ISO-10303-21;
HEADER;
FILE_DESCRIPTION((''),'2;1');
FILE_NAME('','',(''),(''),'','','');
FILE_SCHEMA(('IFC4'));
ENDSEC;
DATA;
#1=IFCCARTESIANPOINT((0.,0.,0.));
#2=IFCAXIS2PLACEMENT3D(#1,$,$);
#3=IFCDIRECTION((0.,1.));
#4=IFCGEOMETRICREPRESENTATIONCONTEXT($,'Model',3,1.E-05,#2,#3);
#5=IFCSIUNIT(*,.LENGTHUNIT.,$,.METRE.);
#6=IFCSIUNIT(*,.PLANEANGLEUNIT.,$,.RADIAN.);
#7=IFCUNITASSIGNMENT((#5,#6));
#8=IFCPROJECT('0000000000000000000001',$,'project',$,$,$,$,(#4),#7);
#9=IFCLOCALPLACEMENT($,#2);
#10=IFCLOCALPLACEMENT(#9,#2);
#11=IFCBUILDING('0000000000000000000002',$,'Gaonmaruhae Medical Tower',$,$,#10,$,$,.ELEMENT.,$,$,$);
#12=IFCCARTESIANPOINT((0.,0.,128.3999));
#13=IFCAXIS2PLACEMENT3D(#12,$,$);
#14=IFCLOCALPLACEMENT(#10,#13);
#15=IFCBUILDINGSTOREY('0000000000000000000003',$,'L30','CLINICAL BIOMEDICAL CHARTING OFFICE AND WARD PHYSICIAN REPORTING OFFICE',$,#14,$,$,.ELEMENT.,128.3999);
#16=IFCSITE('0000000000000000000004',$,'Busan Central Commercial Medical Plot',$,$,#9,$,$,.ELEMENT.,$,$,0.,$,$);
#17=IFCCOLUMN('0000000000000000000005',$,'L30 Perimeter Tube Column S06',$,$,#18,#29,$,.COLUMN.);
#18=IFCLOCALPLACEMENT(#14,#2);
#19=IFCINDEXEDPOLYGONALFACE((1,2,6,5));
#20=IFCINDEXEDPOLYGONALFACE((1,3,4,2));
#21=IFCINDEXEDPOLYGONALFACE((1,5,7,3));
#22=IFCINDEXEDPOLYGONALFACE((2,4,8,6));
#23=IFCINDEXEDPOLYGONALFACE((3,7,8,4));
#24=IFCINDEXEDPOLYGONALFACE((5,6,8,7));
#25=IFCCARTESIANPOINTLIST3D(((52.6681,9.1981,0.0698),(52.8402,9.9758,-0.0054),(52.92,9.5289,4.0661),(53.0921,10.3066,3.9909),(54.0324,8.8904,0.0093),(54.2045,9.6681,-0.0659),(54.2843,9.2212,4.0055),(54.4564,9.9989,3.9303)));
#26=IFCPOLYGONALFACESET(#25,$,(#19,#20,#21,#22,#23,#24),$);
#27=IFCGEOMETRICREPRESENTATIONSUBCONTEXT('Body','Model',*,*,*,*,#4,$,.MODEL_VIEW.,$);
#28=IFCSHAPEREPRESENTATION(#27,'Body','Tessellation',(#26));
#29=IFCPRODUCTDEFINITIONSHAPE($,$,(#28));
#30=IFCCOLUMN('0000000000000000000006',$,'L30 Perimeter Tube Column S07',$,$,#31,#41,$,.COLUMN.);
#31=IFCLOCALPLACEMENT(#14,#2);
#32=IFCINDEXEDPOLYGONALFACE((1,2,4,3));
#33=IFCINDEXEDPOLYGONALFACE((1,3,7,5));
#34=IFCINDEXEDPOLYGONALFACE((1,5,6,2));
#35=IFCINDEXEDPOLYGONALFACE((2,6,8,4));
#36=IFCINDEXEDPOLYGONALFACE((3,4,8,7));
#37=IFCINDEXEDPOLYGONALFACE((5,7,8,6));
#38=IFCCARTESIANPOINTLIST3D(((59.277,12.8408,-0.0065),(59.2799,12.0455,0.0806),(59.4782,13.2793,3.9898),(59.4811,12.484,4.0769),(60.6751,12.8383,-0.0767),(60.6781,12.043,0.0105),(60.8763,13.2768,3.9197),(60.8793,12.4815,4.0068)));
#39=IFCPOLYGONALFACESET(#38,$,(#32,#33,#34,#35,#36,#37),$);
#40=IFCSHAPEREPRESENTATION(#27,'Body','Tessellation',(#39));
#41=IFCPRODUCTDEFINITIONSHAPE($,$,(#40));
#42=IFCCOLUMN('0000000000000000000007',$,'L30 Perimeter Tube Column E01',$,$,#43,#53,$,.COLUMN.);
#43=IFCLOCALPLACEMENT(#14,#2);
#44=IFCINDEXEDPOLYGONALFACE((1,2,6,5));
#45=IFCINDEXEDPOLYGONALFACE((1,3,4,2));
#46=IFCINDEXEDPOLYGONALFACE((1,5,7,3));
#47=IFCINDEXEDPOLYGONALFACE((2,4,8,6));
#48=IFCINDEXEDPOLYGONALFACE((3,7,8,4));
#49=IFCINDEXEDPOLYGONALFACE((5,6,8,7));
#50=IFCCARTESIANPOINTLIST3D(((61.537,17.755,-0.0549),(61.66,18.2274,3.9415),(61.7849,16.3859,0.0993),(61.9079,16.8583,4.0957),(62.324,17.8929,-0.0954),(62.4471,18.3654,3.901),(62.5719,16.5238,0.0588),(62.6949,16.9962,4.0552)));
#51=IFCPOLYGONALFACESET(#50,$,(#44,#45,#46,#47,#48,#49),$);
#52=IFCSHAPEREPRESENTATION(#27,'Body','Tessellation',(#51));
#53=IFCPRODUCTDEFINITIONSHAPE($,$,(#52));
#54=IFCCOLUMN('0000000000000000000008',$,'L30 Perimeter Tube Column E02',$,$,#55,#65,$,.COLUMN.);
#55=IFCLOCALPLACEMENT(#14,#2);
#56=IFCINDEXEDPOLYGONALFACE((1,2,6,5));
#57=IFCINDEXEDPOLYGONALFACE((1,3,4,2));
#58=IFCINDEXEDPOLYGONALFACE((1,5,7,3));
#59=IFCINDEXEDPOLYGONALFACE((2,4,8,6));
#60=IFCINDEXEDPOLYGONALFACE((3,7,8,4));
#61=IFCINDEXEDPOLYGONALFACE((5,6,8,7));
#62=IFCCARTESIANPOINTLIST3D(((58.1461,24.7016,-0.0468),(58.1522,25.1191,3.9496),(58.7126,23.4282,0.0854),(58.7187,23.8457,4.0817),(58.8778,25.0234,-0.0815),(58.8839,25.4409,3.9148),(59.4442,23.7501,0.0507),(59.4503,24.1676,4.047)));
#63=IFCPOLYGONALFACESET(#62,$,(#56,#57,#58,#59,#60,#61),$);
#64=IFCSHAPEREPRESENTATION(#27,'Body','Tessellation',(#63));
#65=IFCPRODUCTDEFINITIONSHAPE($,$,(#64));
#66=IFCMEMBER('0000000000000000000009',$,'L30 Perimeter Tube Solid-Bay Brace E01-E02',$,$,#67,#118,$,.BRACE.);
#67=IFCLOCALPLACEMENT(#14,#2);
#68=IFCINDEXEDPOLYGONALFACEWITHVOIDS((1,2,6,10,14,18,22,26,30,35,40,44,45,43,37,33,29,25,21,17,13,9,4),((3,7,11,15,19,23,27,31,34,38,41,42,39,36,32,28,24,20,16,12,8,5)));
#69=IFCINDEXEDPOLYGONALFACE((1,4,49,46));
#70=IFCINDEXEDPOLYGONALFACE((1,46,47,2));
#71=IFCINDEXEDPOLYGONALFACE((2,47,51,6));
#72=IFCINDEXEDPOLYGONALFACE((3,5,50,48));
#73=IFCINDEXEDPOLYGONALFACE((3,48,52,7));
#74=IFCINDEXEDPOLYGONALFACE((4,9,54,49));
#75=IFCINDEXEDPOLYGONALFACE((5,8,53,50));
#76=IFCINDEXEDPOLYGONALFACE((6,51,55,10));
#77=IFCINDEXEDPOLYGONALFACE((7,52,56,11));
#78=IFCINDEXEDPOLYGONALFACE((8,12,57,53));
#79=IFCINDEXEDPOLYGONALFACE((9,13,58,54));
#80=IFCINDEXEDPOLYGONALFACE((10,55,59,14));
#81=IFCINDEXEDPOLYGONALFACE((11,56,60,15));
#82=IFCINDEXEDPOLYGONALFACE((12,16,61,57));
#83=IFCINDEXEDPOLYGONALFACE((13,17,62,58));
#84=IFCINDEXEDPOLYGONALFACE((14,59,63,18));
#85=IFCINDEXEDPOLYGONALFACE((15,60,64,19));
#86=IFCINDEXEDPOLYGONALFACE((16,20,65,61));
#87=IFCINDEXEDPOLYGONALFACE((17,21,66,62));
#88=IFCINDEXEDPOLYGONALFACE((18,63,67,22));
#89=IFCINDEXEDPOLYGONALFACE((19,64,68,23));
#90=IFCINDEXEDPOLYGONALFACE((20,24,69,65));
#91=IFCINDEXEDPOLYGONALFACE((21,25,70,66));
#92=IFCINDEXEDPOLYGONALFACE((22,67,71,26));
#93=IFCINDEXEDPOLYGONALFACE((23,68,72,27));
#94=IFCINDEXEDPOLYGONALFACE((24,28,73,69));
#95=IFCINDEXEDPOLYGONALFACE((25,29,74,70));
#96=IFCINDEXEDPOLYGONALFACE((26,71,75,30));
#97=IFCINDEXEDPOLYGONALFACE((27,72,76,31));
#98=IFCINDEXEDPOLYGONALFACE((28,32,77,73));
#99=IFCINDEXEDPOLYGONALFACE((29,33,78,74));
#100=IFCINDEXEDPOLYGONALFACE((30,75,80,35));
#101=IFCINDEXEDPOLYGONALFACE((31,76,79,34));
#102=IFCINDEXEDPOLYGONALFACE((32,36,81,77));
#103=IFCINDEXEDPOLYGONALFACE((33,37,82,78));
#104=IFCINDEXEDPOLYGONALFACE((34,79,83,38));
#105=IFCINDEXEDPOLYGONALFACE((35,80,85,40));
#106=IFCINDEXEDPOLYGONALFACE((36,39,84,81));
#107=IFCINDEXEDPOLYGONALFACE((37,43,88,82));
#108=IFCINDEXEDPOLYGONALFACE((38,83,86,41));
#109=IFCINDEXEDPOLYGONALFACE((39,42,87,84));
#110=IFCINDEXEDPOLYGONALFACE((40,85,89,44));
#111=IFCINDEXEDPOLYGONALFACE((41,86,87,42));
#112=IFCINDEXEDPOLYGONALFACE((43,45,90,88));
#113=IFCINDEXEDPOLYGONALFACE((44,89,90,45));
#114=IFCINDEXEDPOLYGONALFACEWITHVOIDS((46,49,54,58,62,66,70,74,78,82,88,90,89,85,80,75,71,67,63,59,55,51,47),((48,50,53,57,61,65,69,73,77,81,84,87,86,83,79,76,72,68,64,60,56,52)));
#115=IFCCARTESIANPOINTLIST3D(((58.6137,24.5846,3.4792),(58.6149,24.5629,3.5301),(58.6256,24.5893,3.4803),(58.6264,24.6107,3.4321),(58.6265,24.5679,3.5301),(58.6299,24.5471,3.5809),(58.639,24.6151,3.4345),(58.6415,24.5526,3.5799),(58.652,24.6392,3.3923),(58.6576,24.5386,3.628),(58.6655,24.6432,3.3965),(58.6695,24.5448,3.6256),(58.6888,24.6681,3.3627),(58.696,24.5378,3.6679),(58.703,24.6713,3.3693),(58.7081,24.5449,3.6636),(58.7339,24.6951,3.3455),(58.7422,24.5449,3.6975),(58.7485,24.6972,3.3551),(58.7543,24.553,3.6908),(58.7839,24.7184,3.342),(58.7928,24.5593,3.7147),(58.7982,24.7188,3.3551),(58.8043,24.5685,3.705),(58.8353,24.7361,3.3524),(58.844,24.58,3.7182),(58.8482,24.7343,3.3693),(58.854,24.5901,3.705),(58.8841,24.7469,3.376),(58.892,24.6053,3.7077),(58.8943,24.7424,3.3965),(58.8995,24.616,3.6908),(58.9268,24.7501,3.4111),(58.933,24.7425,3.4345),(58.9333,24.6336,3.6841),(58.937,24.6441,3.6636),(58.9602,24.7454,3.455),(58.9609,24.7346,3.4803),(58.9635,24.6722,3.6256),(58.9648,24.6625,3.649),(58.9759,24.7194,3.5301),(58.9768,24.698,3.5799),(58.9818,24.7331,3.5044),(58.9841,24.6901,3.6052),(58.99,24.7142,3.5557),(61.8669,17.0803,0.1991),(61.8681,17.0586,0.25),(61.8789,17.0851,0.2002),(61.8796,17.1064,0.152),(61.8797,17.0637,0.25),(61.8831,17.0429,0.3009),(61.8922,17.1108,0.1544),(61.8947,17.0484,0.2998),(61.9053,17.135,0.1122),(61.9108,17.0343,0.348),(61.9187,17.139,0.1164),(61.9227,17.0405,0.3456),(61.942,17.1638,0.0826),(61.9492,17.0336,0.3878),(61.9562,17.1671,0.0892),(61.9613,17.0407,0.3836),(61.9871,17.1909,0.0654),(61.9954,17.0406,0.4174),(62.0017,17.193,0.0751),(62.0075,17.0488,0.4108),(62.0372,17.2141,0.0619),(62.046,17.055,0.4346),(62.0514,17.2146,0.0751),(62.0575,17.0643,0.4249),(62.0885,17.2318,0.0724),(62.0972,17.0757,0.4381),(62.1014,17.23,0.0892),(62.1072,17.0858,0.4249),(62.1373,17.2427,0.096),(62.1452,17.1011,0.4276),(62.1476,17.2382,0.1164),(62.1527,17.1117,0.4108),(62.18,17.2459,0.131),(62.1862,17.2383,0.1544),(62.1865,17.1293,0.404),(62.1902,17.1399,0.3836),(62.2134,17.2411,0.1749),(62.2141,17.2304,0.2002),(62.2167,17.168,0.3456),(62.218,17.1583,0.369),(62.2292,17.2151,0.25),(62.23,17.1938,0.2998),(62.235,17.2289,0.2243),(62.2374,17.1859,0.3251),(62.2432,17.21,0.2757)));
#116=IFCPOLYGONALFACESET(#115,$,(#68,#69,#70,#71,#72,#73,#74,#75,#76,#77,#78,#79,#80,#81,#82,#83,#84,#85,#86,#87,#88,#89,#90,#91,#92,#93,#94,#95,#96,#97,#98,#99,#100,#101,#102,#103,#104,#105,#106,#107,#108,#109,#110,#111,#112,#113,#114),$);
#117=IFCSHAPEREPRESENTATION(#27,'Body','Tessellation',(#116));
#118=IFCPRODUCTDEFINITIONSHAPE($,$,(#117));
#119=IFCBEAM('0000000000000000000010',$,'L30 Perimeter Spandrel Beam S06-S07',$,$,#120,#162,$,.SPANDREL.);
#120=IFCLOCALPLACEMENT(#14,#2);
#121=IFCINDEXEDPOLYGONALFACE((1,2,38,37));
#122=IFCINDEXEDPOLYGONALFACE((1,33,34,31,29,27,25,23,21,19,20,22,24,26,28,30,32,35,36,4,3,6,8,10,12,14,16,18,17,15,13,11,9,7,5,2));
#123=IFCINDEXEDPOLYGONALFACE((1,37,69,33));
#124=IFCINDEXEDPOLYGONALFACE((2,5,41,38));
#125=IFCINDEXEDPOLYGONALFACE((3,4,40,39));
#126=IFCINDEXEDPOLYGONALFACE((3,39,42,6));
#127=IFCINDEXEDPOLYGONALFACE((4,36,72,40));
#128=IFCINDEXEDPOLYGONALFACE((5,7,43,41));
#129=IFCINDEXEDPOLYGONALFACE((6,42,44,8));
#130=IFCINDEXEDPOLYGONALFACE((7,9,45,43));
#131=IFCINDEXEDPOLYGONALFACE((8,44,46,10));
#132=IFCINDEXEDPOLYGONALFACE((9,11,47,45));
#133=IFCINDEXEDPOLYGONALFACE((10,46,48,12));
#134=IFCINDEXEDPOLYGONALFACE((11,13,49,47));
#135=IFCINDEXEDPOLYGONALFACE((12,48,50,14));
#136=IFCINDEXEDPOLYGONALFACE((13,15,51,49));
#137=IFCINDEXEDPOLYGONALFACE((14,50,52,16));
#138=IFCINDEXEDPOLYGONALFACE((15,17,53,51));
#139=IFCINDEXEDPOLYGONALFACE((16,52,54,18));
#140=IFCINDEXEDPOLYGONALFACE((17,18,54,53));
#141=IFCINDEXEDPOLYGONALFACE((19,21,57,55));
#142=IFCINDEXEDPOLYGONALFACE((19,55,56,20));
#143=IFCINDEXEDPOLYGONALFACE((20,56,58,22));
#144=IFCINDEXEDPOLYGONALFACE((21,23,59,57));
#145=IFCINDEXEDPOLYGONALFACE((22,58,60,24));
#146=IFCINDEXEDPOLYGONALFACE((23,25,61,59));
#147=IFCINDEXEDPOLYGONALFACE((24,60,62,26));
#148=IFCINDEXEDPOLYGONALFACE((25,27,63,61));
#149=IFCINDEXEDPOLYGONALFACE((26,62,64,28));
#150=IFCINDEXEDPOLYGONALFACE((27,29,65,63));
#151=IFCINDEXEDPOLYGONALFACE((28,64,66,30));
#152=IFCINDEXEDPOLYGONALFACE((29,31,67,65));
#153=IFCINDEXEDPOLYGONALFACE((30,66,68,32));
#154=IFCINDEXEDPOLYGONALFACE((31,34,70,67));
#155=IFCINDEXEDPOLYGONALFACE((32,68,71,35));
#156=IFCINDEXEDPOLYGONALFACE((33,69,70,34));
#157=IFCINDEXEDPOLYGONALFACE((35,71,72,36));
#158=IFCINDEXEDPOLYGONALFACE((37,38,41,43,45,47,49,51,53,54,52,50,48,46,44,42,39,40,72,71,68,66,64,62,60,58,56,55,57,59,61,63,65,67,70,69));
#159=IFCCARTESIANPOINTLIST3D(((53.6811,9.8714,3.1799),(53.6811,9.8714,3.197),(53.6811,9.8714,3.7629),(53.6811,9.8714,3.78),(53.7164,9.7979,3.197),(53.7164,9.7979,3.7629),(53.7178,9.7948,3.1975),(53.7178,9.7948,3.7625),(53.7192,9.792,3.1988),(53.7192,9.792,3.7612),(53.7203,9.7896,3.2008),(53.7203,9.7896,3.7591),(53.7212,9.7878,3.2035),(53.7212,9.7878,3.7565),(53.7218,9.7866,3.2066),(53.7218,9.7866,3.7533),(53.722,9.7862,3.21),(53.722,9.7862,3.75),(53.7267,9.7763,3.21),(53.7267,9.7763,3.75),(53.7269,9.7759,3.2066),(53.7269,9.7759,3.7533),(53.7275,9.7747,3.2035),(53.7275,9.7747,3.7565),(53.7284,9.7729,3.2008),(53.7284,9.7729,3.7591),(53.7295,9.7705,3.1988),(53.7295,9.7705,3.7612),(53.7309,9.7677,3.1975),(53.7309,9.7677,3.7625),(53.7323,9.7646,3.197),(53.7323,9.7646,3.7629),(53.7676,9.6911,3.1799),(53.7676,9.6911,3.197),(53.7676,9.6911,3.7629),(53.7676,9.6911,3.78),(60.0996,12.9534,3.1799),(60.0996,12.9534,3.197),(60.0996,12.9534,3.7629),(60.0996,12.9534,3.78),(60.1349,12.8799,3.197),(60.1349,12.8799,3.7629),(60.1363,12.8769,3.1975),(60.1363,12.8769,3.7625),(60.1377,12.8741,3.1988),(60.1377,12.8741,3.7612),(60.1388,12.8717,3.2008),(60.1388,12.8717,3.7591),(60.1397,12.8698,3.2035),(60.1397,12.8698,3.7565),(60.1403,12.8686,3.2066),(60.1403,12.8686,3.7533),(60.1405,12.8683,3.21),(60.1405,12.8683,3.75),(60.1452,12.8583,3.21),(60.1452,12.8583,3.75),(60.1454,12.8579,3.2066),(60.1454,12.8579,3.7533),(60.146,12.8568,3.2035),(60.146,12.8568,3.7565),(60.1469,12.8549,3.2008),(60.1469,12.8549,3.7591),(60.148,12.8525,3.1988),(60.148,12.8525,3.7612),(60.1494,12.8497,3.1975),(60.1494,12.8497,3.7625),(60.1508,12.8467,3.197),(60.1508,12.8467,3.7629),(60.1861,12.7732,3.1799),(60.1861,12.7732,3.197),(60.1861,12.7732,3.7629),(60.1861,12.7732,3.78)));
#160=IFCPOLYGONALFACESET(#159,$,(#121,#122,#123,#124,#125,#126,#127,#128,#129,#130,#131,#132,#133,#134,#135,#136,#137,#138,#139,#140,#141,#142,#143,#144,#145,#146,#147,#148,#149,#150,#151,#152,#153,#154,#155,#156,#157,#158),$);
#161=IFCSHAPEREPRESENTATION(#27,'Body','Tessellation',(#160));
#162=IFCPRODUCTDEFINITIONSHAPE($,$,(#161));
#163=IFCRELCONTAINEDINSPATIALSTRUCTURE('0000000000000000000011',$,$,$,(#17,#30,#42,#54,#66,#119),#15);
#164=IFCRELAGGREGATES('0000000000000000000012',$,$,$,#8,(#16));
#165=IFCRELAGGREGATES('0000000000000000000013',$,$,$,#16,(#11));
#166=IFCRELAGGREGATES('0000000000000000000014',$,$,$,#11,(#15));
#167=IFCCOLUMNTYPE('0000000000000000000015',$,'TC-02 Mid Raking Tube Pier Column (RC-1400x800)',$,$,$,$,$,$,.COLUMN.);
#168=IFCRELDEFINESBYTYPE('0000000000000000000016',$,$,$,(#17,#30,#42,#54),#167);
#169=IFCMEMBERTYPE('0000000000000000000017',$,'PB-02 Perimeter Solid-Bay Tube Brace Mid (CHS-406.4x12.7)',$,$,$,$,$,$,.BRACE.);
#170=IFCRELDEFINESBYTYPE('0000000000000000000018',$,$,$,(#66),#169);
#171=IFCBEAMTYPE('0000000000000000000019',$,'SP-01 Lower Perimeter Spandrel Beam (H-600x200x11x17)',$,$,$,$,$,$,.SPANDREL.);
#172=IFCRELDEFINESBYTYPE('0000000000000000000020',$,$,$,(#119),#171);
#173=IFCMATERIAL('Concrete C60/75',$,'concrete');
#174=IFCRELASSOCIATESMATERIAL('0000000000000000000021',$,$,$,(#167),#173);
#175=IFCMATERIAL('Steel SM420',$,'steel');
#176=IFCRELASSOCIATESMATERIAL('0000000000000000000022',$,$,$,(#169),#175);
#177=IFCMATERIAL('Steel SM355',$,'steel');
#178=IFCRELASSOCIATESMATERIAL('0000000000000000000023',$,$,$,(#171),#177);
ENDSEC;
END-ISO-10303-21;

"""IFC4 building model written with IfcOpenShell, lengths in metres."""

from ifc_helpers import new_model, si_unit, direction, frame, origin, origin_2d, place, context, subcontext, project, spatial, rectangle, hollow_circle, i_section, extrude, material, material_profile, profile_set, type_object, element, save


model = new_model("IFC4")

# Units and contexts
model_context = context("Model", 3, precision=1e-05, world=origin(), true_north=direction((0.0, 1.0)))
body_context = subcontext(model_context, "Body", "Model", "MODEL_VIEW")
ifc_project = project(units=[si_unit("LENGTHUNIT", "METRE"), si_unit("PLANEANGLEUNIT", "RADIAN")], contexts=[model_context])

# Site, building, storey
site_placement = place(None, origin())
site = spatial("IfcSite", under=ifc_project, at=site_placement, Name="Busan Central Commercial Medical Plot", CompositionType="ELEMENT", RefElevation=0.0)
building_placement = place(site_placement, origin())
building = spatial("IfcBuilding", under=site, at=building_placement, Name="Gaonmaruhae Medical Tower", CompositionType="ELEMENT")
storey_placement = place(building_placement, frame((0.0, 0.0, 128.3999)))
storey = spatial("IfcBuildingStorey", under=building, at=storey_placement, Name="L30", Description="CLINICAL BIOMEDICAL CHARTING OFFICE AND WARD PHYSICIAN REPORTING OFFICE", CompositionType="ELEMENT", Elevation=128.3999)

# Columns
ifc_material_1 = material(Name="Concrete C60/75", Category="concrete")
ifc_material_profile_1 = material_profile(ifc_material_1, rectangle(XDim=1.3999, YDim=0.8, at=origin_2d()), Name="RC-1400x800")
ifc_profile_set_1 = profile_set([ifc_material_profile_1], Name="Concrete C60/75")
column_type = type_object("IfcColumnType", Name="TC-02 Mid Raking Tube Pier Column (RC-1400x800)", PredefinedType="COLUMN", material=ifc_profile_set_1)
column_1_placement = place(storey_placement, frame((53.4363, 9.4331, 0.002), z_axis=(0.062707, 0.082334, 0.99463), x_axis=(-0.974581, 0.219822, 0.043247)))
element("IfcColumn", 1, at=column_1_placement, inside=storey, type_object=column_type, Name="L30 Perimeter Tube Column S06", PredefinedType="COLUMN", context=body_context, shape_type="SweptSolid", body=[
    extrude(rectangle(XDim=1.3999, YDim=0.8, at=origin_2d()), origin(), (0.0, 0.0, 1.0), 4.0178),
])
column_2_placement = place(storey_placement, frame((59.9775, 12.4419, 0.002), z_axis=(0.049976, 0.108929, 0.992792), x_axis=(-0.998744, 0.001787, 0.05008)))
element("IfcColumn", 2, at=column_2_placement, inside=storey, type_object=column_type, Name="L30 Perimeter Tube Column S07", PredefinedType="COLUMN", context=body_context, shape_type="SweptSolid", body=[
    extrude(rectangle(XDim=1.3999, YDim=0.8, at=origin_2d()), origin(), (0.0, 0.0, 1.0), 4.0254),
])
column_3_placement = place(storey_placement, frame((62.0544, 17.1394, 0.002), z_axis=(0.030563, 0.117339, 0.992622), x_axis=(0.177071, -0.978014, 0.11016)))
element("IfcColumn", 3, at=column_3_placement, inside=storey, type_object=column_type, Name="L30 Perimeter Tube Column E01", PredefinedType="COLUMN", context=body_context, shape_type="SweptSolid", body=[
    extrude(rectangle(XDim=1.3999, YDim=0.8, at=origin_2d()), origin(), (0.0, 0.0, 1.0), 4.0261),
])
column_4_placement = place(storey_placement, frame((58.7952, 24.2258, 0.002), z_axis=(0.001519, 0.1039, 0.994587), x_axis=(0.404613, -0.909602, 0.094404)))
element("IfcColumn", 4, at=column_4_placement, inside=storey, type_object=column_type, Name="L30 Perimeter Tube Column E02", PredefinedType="COLUMN", context=body_context, shape_type="SweptSolid", body=[
    extrude(rectangle(XDim=1.3999, YDim=0.8, at=origin_2d()), origin(), (0.0, 0.0, 1.0), 4.0181),
])

# Member
ifc_material_2 = material(Name="Steel SM420", Category="steel")
ifc_material_profile_2 = material_profile(ifc_material_2, hollow_circle(Radius=0.2031, WallThickness=0.0127, at=origin_2d()), Name="CHS-406.4x12.7")
ifc_profile_set_2 = profile_set([ifc_material_profile_2], Name="Steel SM420")
member_type = type_object("IfcMemberType", Name="PB-02 Perimeter Solid-Bay Tube Brace Mid (CHS-406.4x12.7)", PredefinedType="BRACE", material=ifc_profile_set_2)
member_placement = place(storey_placement, frame((62.0544, 17.1394, 0.25), z_axis=(-0.369169, 0.851569, 0.372217), x_axis=(-0.917494, -0.397749, 0.0)))
element("IfcMember", 5, at=member_placement, inside=storey, type_object=member_type, Name="L30 Perimeter Tube Solid-Bay Brace E01-E02", PredefinedType="BRACE", context=body_context, shape_type="SweptSolid", body=[
    extrude(hollow_circle(Radius=0.2031, WallThickness=0.0127, at=origin_2d()), origin(), (0.0, 0.0, 1.0), 8.8123),
])

# Beam
ifc_material_3 = material(Name="Steel SM355", Category="steel")
ifc_material_profile_3 = material_profile(ifc_material_3, i_section(OverallWidth=0.2, OverallDepth=0.6001, WebThickness=0.011, FlangeThickness=0.0171, FilletRadius=0.0129, at=origin_2d()), Name="H-600x200x11x17")
ifc_profile_set_3 = profile_set([ifc_material_profile_3], Name="Steel SM355")
beam_type = type_object("IfcBeamType", Name="SP-01 Lower Perimeter Spandrel Beam (H-600x200x11x17)", PredefinedType="SPANDREL", material=ifc_profile_set_3)
beam_1_placement = place(storey_placement, frame((53.7244, 9.7812, 3.48), z_axis=(0.901459, 0.432865, 0.0), x_axis=(-0.432865, 0.901459, 0.0)))
element("IfcBeam", 6, at=beam_1_placement, inside=storey, type_object=beam_type, Name="L30 Perimeter Spandrel Beam S06-S07", PredefinedType="SPANDREL", context=body_context, shape_type="SweptSolid", body=[
    extrude(i_section(OverallWidth=0.2, OverallDepth=0.6001, WebThickness=0.011, FlangeThickness=0.0171, FilletRadius=0.0129, at=origin_2d()), origin(), (0.0, 0.0, 1.0), 7.1201),
])

save(model, "model.ifc")
